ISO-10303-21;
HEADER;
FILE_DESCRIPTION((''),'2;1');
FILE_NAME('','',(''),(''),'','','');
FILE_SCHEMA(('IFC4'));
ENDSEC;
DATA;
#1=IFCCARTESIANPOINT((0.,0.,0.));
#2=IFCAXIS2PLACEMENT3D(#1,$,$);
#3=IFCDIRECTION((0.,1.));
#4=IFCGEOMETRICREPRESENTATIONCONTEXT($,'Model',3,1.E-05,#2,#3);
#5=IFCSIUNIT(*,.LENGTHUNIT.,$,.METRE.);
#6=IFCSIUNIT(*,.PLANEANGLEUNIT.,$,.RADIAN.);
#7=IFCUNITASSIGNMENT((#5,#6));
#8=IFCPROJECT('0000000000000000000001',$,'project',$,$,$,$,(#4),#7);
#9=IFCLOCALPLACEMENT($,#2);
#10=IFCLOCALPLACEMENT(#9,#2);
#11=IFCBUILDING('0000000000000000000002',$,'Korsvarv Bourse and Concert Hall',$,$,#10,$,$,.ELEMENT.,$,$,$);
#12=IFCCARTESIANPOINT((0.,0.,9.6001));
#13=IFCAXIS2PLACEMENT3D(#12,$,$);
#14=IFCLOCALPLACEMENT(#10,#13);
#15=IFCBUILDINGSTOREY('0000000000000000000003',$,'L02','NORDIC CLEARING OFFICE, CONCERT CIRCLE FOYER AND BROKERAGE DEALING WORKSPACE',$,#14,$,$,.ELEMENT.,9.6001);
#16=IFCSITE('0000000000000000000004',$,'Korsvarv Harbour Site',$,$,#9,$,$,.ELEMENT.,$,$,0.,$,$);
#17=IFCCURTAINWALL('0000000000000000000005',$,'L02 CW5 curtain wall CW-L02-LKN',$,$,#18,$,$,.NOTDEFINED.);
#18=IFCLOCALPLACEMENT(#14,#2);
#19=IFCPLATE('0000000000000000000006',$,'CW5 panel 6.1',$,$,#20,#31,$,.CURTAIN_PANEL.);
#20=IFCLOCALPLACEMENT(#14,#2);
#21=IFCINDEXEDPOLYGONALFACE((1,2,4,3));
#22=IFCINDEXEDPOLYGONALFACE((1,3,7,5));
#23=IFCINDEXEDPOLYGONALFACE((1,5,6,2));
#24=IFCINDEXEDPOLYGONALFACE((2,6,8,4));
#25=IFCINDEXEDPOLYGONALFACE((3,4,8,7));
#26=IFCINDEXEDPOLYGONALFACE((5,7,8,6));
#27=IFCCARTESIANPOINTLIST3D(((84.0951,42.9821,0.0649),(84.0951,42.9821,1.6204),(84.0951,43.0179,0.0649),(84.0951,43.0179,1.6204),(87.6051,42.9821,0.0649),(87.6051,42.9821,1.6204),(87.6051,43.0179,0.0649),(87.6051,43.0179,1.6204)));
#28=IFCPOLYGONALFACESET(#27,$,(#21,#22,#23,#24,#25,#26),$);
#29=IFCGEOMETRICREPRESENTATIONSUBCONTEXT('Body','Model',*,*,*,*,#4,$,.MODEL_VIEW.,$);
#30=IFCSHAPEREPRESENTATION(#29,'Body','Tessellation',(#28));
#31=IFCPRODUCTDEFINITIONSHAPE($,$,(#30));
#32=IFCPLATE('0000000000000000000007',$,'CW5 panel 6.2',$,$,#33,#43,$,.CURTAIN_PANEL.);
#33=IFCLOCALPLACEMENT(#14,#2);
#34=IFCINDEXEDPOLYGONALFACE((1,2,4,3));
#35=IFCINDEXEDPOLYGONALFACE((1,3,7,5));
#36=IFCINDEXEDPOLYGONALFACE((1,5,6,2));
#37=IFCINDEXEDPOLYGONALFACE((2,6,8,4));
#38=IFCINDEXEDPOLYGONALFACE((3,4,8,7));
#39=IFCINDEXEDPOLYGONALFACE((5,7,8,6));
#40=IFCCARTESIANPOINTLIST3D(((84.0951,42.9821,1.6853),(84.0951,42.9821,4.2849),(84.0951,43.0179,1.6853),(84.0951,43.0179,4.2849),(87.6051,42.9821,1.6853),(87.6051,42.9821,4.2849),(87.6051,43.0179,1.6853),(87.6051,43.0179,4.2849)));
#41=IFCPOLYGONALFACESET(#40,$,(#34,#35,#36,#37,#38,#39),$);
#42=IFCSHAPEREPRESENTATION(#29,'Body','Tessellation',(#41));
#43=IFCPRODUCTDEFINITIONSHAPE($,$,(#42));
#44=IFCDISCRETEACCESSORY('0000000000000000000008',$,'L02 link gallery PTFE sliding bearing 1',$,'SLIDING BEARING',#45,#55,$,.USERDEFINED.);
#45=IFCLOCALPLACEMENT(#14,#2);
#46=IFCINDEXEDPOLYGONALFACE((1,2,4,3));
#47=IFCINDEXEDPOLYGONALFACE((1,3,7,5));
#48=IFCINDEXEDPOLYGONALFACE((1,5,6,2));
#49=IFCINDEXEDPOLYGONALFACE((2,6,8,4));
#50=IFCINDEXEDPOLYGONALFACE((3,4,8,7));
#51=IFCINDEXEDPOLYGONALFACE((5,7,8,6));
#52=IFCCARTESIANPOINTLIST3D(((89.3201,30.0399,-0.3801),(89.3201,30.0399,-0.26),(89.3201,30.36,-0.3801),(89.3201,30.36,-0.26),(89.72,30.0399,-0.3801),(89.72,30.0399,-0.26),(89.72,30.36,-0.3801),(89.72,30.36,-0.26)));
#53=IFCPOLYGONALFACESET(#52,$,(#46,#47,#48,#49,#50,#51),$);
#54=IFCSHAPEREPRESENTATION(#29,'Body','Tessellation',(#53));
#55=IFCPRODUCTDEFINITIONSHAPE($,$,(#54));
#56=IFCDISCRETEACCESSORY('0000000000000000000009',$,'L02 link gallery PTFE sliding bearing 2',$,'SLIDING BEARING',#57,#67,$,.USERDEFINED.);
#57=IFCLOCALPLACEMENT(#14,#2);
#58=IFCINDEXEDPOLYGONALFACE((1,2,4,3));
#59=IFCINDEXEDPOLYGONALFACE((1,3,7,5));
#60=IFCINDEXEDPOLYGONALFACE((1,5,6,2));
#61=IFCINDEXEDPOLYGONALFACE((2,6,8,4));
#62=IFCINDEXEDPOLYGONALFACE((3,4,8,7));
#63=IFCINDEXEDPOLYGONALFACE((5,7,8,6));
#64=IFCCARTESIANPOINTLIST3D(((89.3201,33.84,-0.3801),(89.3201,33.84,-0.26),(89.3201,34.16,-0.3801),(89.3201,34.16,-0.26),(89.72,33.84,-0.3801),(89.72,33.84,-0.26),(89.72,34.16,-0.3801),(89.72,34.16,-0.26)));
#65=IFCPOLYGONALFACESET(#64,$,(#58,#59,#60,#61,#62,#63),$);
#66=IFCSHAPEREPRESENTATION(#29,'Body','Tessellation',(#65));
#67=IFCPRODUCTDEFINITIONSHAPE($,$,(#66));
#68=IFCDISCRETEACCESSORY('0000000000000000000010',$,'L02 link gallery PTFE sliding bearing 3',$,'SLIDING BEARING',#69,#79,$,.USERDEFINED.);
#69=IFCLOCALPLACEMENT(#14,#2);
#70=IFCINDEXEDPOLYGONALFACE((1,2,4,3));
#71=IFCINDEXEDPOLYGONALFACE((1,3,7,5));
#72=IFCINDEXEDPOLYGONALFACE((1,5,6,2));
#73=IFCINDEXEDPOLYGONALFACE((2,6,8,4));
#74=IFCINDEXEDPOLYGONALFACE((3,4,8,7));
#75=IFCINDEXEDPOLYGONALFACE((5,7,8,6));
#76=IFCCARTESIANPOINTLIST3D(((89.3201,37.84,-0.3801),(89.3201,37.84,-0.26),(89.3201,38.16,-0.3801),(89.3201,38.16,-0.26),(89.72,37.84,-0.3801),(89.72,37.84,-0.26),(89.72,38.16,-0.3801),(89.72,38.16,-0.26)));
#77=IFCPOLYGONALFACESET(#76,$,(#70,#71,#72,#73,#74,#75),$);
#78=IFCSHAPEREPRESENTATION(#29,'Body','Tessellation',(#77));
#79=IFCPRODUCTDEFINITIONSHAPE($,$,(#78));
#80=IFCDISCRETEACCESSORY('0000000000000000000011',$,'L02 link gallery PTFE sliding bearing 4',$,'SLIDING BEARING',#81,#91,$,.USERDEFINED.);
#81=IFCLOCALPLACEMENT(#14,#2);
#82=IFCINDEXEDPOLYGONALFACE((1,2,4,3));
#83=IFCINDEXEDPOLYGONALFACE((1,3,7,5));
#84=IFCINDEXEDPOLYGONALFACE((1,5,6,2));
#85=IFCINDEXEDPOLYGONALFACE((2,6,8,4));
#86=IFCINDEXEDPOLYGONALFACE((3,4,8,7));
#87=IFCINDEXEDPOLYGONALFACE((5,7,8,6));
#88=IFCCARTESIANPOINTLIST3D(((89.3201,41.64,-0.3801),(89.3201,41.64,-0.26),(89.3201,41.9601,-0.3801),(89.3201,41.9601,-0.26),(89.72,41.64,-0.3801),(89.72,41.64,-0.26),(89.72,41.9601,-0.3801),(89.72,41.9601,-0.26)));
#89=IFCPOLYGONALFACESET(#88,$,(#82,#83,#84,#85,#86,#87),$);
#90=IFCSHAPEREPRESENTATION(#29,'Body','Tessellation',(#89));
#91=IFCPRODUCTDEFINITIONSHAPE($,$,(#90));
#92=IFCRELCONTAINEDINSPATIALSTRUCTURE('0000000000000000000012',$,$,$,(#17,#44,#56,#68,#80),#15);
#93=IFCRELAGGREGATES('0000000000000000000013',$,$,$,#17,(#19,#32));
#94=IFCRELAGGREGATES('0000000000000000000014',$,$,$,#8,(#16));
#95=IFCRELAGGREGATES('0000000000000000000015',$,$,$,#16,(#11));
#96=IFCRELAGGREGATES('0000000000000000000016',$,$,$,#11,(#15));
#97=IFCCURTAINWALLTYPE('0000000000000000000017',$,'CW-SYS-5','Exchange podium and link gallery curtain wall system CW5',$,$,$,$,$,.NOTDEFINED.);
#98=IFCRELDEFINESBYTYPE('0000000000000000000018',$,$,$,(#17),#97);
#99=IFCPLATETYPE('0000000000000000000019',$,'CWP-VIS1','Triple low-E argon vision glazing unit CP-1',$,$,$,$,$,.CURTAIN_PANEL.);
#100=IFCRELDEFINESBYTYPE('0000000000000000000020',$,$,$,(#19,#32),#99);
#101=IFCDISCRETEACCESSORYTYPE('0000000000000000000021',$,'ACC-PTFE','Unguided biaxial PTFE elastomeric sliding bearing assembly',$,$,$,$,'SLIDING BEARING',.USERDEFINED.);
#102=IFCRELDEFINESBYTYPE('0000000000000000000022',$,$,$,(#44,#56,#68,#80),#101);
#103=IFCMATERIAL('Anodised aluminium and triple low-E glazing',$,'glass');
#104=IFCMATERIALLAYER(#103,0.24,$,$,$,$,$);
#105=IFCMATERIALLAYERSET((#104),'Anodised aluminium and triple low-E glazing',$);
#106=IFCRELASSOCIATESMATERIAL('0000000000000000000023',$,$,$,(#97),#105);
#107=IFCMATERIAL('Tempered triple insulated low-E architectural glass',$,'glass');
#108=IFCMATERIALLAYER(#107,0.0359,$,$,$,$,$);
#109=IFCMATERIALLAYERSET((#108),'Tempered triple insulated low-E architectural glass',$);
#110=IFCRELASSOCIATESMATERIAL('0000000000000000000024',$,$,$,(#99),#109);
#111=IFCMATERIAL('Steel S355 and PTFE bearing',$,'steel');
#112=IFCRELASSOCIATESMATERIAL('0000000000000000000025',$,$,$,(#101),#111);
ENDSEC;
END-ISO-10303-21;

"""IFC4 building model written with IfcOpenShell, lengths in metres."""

from ifc_helpers import new_model, si_unit, direction, frame, origin, origin_2d, place, context, subcontext, project, spatial, rectangle, extrude, source, transform, mapped, material, layer, layer_set, type_object, element, aggregate, save


model = new_model("IFC4")

# Units and contexts
model_context = context("Model", 3, precision=1e-05, world=origin(), true_north=direction((0.0, 1.0)))
body_context = subcontext(model_context, "Body", "Model", "MODEL_VIEW")
ifc_project = project(units=[si_unit("LENGTHUNIT", "METRE"), si_unit("PLANEANGLEUNIT", "RADIAN")], contexts=[model_context])

# Site, building, storey
site_placement = place(None, origin())
site = spatial("IfcSite", under=ifc_project, at=site_placement, Name="Korsvarv Harbour Site", CompositionType="ELEMENT", RefElevation=0.0)
building_placement = place(site_placement, origin())
building = spatial("IfcBuilding", under=site, at=building_placement, Name="Korsvarv Bourse and Concert Hall", CompositionType="ELEMENT")
storey_placement = place(building_placement, frame((0.0, 0.0, 9.6001)))
storey = spatial("IfcBuildingStorey", under=building, at=storey_placement, Name="L02", Description="NORDIC CLEARING OFFICE, CONCERT CIRCLE FOYER AND BROKERAGE DEALING WORKSPACE", CompositionType="ELEMENT", Elevation=9.6001)

# Curtain wall
ifc_material_1 = material(Name="Anodised aluminium and triple low-E glazing", Category="glass")
ifc_layer_1 = layer(ifc_material_1, 0.24)
ifc_layer_set_1 = layer_set([ifc_layer_1], Name="Anodised aluminium and triple low-E glazing")
curtain_wall_type = type_object("IfcCurtainWallType", Name="CW-SYS-5", Description="Exchange podium and link gallery curtain wall system CW5", PredefinedType="NOTDEFINED", material=ifc_layer_set_1)
curtain_wall_1_placement = place(storey_placement, origin())
curtain_wall_1 = element("IfcCurtainWall", 1, at=curtain_wall_1_placement, inside=storey, type_object=curtain_wall_type, Name="L02 CW5 curtain wall CW-L02-LKN", PredefinedType="NOTDEFINED")

# Shared definitions
ifc_material_2 = material(Name="Tempered triple insulated low-E architectural glass", Category="glass")
ifc_layer_2 = layer(ifc_material_2, 0.0359)
ifc_layer_set_2 = layer_set([ifc_layer_2], Name="Tempered triple insulated low-E architectural glass")
plate_type = type_object("IfcPlateType", Name="CWP-VIS1", Description="Triple low-E argon vision glazing unit CP-1", PredefinedType="CURTAIN_PANEL", material=ifc_layer_set_2)

# Plates
shared_shape_1 = source(origin(), body_context, "Body", "SweptSolid", [
    extrude(rectangle(XDim=3.51, YDim=0.0359, at=origin_2d()), origin(), (0.0, 0.0, 1.0), 1.5554),
])
plate_1_placement = place(storey_placement, frame((85.8501, 43.0, 0.0649), z_axis=(0.0, 0.0, 1.0), x_axis=(1.0, 0.0, 0.0)))
plate_1 = element("IfcPlate", 2, at=plate_1_placement, type_object=plate_type, Name="CW5 panel 6.1", PredefinedType="CURTAIN_PANEL", context=body_context, shape_type="MappedRepresentation", body=[
    mapped(shared_shape_1, transform((0.0, 0.0, 0.0), scale=1.0)),
])
shared_shape_2 = source(origin(), body_context, "Body", "SweptSolid", [
    extrude(rectangle(XDim=3.51, YDim=0.0359, at=origin_2d()), origin(), (0.0, 0.0, 1.0), 2.5996),
])
plate_2_placement = place(storey_placement, frame((85.8501, 43.0, 1.6853), z_axis=(0.0, 0.0, 1.0), x_axis=(1.0, 0.0, 0.0)))
plate_2 = element("IfcPlate", 3, at=plate_2_placement, type_object=plate_type, Name="CW5 panel 6.2", PredefinedType="CURTAIN_PANEL", context=body_context, shape_type="MappedRepresentation", body=[
    mapped(shared_shape_2, transform((0.0, 0.0, 0.0), scale=1.0)),
])
aggregate(curtain_wall_1, [plate_1, plate_2])

# Discrete accessories
ifc_material_3 = material(Name="Steel S355 and PTFE bearing", Category="steel")
discrete_accessory_type = type_object("IfcDiscreteAccessoryType", Name="ACC-PTFE", Description="Unguided biaxial PTFE elastomeric sliding bearing assembly", ElementType="SLIDING BEARING", PredefinedType="USERDEFINED", material=ifc_material_3)
shared_shape_3 = source(origin(), body_context, "Body", "SweptSolid", [
    extrude(rectangle(XDim=0.3999, YDim=0.3201, at=origin_2d()), origin(), (0.0, 0.0, 1.0), 0.1201),
])
for number, where, z_axis, x_axis, name in (
    (4, (89.52, 30.2, -0.3801), (0.0, 0.0, 1.0), (1.0, 0.0, 0.0), "L02 link gallery PTFE sliding bearing 1"),
    (5, (89.52, 34.0, -0.3801), (0.0, 0.0, 1.0), (1.0, 0.0, 0.0), "L02 link gallery PTFE sliding bearing 2"),
    (6, (89.52, 38.0, -0.3801), (0.0, 0.0, 1.0), (1.0, 0.0, 0.0), "L02 link gallery PTFE sliding bearing 3"),
    (7, (89.52, 41.8, -0.3801), (0.0, 0.0, 1.0), (1.0, 0.0, 0.0), "L02 link gallery PTFE sliding bearing 4"),
):
    element("IfcDiscreteAccessory", number, at=place(storey_placement, frame(where, z_axis=z_axis, x_axis=x_axis)), inside=storey, type_object=discrete_accessory_type, Name=name, ObjectType="SLIDING BEARING", PredefinedType="USERDEFINED", context=body_context, shape_type="MappedRepresentation", body=[
        mapped(shared_shape_3, transform((0.0, 0.0, 0.0), scale=1.0)),
    ])

save(model, "model.ifc")
